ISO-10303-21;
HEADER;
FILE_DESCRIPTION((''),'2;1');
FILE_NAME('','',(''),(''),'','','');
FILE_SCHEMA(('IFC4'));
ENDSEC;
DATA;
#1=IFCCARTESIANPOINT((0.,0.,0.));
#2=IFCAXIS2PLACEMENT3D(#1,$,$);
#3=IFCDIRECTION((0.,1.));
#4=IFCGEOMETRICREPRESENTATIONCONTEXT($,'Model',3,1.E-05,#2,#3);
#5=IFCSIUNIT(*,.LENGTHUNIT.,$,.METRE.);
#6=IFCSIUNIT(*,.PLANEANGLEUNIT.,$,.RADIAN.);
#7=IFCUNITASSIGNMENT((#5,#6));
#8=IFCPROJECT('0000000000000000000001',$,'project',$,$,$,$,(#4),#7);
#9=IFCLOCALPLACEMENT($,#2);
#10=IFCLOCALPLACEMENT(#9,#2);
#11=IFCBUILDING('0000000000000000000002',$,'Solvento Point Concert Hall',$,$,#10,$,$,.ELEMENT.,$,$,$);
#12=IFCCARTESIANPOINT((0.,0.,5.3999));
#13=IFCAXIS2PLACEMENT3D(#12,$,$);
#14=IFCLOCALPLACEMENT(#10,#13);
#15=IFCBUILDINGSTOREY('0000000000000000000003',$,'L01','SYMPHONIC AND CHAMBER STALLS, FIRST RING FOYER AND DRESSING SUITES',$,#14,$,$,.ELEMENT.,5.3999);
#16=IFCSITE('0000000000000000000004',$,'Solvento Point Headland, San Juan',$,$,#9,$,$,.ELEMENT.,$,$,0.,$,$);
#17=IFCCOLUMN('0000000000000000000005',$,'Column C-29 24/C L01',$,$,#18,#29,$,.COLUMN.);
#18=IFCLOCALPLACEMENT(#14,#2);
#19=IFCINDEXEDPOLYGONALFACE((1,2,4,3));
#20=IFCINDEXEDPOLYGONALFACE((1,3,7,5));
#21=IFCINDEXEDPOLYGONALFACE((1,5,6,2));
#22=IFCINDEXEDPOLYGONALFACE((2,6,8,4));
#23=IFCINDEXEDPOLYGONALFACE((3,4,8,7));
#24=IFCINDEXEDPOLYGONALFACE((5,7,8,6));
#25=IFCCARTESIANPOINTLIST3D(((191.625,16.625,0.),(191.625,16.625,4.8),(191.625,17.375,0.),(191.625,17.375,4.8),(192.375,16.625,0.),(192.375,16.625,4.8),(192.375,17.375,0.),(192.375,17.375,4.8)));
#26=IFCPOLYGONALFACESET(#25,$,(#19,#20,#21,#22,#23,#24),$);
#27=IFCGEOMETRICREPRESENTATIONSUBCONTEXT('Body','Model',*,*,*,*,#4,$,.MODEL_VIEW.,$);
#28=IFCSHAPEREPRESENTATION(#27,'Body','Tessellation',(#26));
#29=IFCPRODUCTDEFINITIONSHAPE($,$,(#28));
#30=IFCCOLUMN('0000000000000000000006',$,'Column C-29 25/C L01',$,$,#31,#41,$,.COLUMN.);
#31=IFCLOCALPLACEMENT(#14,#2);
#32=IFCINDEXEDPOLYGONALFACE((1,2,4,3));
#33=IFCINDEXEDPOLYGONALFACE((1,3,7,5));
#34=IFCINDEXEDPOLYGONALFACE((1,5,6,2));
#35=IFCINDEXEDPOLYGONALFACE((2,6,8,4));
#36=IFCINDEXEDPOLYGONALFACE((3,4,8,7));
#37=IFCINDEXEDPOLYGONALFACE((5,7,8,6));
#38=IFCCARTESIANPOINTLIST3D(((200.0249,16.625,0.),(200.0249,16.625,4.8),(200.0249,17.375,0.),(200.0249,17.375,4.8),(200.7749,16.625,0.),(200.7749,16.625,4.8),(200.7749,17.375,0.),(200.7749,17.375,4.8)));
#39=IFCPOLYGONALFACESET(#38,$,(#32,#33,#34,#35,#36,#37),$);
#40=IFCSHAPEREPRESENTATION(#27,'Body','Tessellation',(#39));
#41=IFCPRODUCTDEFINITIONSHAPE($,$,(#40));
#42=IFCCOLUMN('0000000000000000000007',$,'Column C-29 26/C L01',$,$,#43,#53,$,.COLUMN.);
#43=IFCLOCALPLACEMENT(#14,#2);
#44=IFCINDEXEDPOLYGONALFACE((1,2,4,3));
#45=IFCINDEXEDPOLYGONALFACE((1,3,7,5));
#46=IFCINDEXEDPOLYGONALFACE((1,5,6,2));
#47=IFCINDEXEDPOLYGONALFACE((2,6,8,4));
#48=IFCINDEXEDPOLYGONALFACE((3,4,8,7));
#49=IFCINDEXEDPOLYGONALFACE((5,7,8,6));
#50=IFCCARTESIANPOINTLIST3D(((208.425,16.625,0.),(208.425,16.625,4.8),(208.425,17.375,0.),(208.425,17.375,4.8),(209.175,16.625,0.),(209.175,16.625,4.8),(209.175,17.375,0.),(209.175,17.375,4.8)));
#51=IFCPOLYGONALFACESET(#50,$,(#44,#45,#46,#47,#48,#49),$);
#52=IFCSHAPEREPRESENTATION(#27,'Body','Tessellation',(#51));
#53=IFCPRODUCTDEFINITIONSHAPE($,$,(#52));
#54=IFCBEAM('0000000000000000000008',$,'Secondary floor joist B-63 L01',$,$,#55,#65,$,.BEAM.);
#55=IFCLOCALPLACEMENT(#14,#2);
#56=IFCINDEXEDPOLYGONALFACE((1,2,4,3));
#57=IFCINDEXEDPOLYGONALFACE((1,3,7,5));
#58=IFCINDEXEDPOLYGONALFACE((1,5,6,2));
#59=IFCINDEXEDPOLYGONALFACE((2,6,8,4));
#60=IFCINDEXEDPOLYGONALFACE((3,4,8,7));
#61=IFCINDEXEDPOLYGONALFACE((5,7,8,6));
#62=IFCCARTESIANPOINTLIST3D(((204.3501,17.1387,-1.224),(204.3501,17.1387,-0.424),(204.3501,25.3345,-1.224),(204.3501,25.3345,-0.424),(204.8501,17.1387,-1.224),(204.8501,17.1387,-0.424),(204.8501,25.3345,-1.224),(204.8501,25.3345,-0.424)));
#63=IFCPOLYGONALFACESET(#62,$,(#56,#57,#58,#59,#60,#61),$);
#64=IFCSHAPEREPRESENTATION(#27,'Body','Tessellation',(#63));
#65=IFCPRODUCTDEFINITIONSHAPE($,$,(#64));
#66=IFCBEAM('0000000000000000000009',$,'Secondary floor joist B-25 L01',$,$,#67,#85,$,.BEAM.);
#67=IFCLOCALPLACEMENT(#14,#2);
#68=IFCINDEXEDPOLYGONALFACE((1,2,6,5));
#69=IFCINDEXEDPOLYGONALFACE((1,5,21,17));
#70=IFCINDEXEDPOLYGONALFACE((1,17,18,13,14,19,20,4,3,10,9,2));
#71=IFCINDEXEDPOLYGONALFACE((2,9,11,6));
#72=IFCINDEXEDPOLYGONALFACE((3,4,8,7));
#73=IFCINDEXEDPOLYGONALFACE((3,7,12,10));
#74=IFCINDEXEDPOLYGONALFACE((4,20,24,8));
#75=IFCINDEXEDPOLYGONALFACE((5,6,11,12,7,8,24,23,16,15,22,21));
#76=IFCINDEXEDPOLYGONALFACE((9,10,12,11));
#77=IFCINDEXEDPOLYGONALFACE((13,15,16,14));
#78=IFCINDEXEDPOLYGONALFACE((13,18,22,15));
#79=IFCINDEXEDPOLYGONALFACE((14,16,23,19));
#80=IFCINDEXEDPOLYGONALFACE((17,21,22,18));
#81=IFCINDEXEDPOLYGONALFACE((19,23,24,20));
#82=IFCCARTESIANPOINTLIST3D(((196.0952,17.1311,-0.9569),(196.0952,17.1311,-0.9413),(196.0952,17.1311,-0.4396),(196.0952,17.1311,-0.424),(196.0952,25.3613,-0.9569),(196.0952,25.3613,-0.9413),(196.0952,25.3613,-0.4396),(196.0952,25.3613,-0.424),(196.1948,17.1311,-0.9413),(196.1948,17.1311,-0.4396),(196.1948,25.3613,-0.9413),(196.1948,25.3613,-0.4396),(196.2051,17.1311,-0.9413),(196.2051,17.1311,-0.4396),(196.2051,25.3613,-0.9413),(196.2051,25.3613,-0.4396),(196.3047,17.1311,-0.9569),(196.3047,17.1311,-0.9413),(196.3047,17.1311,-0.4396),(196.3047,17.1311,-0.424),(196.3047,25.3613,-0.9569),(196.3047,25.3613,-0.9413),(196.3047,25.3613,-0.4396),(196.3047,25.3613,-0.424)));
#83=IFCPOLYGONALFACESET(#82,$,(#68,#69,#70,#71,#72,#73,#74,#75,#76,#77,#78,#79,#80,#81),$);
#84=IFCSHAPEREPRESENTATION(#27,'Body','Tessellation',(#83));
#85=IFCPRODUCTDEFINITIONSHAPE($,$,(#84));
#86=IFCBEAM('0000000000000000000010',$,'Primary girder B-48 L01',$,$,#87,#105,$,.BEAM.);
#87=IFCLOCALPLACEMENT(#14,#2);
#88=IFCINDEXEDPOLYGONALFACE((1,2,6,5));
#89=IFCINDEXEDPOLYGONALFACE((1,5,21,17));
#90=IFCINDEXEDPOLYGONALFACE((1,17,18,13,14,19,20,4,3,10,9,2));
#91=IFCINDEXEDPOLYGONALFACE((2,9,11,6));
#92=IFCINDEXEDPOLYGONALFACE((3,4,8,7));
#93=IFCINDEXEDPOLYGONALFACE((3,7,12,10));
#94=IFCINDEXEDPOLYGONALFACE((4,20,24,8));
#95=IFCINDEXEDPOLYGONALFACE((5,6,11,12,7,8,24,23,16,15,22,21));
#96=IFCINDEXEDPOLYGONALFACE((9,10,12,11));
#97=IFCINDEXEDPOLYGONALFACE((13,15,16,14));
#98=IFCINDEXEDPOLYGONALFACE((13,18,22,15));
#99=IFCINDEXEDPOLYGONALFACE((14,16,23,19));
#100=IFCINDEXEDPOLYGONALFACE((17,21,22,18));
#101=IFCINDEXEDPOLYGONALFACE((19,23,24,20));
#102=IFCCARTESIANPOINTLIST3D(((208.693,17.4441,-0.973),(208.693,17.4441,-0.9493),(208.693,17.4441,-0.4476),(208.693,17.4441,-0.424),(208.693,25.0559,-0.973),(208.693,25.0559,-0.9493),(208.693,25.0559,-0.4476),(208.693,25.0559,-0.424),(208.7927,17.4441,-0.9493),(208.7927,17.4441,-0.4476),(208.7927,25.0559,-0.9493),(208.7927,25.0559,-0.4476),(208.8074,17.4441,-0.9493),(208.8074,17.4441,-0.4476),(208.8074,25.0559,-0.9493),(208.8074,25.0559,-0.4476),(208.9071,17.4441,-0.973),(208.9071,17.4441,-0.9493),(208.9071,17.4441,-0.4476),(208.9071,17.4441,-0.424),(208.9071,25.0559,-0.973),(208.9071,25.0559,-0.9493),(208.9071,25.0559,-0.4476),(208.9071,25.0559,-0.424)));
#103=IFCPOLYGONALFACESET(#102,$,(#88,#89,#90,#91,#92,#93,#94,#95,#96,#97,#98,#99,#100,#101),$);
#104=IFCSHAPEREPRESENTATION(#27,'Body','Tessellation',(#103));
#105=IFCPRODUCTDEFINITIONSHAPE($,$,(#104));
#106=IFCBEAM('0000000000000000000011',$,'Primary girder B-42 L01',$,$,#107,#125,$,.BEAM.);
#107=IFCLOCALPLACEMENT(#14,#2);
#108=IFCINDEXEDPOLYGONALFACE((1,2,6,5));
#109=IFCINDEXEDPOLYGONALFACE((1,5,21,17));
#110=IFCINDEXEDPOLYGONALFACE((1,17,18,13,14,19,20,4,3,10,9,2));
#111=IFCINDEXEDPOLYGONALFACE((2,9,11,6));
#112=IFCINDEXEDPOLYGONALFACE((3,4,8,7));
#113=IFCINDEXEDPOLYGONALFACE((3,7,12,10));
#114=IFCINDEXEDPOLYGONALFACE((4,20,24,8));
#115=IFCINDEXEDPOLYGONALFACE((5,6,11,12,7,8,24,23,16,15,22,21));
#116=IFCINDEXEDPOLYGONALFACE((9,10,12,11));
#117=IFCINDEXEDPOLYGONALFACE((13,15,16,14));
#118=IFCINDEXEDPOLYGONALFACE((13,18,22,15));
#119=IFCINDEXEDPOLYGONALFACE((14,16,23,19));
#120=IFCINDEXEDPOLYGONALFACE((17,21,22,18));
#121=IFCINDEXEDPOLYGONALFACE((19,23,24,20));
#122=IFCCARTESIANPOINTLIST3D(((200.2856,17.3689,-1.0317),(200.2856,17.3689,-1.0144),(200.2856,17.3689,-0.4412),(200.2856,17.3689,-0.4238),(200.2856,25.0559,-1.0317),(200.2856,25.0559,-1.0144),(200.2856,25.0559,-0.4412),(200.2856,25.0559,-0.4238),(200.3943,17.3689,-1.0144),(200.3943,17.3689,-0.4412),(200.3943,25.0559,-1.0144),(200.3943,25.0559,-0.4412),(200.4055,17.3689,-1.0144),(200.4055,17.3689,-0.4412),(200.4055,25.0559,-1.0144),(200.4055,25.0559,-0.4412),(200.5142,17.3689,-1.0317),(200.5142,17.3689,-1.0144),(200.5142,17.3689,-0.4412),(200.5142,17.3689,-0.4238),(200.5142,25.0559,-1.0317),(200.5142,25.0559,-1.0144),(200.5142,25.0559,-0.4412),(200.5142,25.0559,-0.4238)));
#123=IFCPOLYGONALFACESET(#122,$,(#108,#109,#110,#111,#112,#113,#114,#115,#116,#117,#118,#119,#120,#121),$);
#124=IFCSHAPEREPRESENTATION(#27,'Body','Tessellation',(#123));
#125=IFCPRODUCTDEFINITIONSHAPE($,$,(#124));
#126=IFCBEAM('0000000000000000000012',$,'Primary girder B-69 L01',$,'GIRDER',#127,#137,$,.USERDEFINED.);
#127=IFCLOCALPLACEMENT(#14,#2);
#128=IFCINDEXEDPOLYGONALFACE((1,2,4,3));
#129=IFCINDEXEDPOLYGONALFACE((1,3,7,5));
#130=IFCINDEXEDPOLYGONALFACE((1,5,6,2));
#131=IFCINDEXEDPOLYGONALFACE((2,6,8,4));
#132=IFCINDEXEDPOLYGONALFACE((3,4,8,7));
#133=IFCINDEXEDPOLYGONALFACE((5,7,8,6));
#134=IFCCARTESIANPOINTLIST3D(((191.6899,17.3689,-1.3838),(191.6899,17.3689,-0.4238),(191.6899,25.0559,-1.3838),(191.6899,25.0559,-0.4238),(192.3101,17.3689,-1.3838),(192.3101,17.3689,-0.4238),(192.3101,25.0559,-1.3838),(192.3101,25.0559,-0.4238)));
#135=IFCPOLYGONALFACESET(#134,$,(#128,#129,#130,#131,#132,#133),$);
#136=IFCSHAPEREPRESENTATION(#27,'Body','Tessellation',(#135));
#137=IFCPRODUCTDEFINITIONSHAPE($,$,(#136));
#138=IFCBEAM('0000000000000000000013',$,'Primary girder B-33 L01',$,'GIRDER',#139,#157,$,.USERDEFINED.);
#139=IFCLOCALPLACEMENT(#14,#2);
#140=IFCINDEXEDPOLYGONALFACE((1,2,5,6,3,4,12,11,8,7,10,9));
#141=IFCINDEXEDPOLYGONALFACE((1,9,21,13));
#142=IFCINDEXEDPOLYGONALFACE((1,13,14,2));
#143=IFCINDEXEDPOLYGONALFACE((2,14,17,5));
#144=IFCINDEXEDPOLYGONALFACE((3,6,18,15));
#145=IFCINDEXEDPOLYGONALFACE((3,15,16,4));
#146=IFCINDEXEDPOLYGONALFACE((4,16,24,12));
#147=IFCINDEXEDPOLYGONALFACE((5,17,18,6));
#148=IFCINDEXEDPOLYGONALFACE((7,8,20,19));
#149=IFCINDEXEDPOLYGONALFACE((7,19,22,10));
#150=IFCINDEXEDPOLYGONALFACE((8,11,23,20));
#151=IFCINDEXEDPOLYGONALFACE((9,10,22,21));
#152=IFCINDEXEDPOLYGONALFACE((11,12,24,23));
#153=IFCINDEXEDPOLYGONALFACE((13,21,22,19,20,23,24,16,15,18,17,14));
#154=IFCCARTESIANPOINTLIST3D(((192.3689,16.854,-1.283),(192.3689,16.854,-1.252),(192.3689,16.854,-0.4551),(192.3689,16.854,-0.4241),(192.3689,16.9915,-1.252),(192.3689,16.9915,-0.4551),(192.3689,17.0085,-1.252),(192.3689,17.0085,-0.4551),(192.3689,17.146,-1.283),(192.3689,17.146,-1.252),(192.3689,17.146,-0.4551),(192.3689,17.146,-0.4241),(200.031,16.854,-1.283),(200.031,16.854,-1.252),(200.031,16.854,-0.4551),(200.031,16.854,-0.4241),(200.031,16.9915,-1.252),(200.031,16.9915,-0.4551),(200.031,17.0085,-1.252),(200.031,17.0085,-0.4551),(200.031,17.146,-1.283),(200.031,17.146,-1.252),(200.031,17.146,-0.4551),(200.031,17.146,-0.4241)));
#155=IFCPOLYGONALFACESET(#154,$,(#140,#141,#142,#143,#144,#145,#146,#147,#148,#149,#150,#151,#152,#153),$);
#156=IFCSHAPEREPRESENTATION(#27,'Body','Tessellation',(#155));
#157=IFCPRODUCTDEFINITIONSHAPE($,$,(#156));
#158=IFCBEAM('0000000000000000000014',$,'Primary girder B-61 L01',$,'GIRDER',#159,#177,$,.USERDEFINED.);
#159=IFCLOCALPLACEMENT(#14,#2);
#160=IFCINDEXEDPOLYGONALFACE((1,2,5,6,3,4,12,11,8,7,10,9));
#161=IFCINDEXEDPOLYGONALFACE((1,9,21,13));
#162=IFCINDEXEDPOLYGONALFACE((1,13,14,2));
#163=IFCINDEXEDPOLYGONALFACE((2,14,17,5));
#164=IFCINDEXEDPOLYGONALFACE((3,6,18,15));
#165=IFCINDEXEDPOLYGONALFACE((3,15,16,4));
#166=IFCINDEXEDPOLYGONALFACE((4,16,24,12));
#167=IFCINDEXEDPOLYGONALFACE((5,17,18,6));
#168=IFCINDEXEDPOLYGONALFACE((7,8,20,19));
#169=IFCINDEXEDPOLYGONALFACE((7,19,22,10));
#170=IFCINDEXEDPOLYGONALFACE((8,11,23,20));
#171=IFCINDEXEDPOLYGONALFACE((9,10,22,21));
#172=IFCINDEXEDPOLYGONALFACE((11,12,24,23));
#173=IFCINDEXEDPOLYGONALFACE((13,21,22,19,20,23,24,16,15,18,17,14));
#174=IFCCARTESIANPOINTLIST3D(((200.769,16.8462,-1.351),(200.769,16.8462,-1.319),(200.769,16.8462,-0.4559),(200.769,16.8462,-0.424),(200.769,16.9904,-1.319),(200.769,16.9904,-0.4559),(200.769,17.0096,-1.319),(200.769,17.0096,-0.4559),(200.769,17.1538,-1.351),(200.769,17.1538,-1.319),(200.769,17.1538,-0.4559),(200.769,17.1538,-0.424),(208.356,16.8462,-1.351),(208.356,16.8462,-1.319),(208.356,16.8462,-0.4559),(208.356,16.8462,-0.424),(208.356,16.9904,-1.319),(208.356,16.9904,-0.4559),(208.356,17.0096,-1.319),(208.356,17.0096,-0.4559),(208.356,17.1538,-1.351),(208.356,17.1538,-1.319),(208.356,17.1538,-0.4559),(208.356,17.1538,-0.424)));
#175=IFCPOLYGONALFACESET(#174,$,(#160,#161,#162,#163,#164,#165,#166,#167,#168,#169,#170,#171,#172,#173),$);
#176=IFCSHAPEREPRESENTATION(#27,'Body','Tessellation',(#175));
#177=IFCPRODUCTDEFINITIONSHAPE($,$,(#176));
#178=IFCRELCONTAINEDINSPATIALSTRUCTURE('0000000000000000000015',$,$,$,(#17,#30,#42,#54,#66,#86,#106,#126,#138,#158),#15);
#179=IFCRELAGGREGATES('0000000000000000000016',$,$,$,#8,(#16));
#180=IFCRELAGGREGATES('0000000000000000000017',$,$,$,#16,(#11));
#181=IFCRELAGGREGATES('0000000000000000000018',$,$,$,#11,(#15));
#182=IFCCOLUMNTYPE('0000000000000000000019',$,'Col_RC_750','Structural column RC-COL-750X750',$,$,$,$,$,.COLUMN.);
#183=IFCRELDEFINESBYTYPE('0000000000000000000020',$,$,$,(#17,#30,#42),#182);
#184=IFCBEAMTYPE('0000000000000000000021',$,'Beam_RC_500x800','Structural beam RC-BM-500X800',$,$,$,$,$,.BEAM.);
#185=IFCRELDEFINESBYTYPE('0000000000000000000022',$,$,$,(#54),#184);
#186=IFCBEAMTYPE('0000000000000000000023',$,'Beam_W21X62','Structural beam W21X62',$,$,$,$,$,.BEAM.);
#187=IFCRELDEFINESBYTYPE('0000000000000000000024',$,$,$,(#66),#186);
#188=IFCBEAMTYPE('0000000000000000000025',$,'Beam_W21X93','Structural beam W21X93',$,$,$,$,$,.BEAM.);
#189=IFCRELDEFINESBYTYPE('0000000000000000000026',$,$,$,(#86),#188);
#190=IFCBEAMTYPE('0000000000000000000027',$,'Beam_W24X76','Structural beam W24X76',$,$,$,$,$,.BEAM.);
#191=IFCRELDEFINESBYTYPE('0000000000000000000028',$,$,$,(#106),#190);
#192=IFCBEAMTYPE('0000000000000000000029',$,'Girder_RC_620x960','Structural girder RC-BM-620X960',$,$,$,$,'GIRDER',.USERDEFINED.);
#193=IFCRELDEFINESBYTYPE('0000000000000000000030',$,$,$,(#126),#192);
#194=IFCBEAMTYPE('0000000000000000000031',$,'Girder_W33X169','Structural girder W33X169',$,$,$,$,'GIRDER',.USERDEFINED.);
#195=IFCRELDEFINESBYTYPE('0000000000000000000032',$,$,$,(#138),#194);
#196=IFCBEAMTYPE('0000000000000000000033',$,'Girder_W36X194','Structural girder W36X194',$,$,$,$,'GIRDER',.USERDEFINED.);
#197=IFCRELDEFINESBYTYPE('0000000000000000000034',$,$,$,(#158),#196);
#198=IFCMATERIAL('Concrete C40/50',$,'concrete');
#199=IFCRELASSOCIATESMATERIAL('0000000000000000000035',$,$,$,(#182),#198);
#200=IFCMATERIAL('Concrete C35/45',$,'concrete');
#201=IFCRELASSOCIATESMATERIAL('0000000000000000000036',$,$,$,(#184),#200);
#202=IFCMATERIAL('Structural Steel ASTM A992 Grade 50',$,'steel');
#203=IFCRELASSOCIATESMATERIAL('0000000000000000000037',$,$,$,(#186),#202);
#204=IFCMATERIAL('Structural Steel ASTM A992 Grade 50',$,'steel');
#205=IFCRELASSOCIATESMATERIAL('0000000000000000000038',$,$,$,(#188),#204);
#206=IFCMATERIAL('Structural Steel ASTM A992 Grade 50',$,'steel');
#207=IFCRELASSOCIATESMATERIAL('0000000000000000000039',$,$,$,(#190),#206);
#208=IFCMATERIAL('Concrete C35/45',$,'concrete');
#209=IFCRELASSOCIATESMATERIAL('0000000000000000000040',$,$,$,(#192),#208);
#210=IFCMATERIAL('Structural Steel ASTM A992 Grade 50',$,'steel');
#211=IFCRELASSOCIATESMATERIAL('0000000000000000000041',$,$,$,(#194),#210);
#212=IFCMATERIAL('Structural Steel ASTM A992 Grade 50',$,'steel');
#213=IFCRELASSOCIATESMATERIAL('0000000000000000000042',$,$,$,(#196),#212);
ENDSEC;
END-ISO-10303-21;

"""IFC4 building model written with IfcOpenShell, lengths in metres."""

from ifc_helpers import new_model, si_unit, direction, frame, origin, origin_2d, place, context, subcontext, project, spatial, rectangle, i_section, extrude, material, material_profile, profile_set, type_object, element, save


model = new_model("IFC4")

# Units and contexts
model_context = context("Model", 3, precision=1e-05, world=origin(), true_north=direction((0.0, 1.0)))
body_context = subcontext(model_context, "Body", "Model", "MODEL_VIEW")
ifc_project = project(units=[si_unit("LENGTHUNIT", "METRE"), si_unit("PLANEANGLEUNIT", "RADIAN")], contexts=[model_context])

# Site, building, storey
site_placement = place(None, origin())
site = spatial("IfcSite", under=ifc_project, at=site_placement, Name="Solvento Point Headland, San Juan", CompositionType="ELEMENT", RefElevation=0.0)
building_placement = place(site_placement, origin())
building = spatial("IfcBuilding", under=site, at=building_placement, Name="Solvento Point Concert Hall", CompositionType="ELEMENT")
storey_placement = place(building_placement, frame((0.0, 0.0, 5.3999)))
storey = spatial("IfcBuildingStorey", under=building, at=storey_placement, Name="L01", Description="SYMPHONIC AND CHAMBER STALLS, FIRST RING FOYER AND DRESSING SUITES", CompositionType="ELEMENT", Elevation=5.3999)

# Columns
ifc_material_1 = material(Name="Concrete C40/50", Category="concrete")
ifc_material_profile_1 = material_profile(ifc_material_1, rectangle(XDim=0.75, YDim=0.75, at=origin_2d()), Name="RC-COL-750X750")
ifc_profile_set_1 = profile_set([ifc_material_profile_1], Name="Concrete C40/50")
column_type = type_object("IfcColumnType", Name="Col_RC_750", Description="Structural column RC-COL-750X750", PredefinedType="COLUMN", material=ifc_profile_set_1)
for number, where, z_axis, x_axis, name in (
    (1, (192.0, 17.0, 0.0), (0.0, 0.0, 1.0), (1.0, 0.0, 0.0), "Column C-29 24/C L01"),
    (2, (200.3999, 17.0, 0.0), (0.0, 0.0, 1.0), (1.0, 0.0, 0.0), "Column C-29 25/C L01"),
    (3, (208.8, 17.0, 0.0), (0.0, 0.0, 1.0), (1.0, 0.0, 0.0), "Column C-29 26/C L01"),
):
    element("IfcColumn", number, at=place(storey_placement, frame(where, z_axis=z_axis, x_axis=x_axis)), inside=storey, type_object=column_type, Name=name, PredefinedType="COLUMN", context=body_context, shape_type="SweptSolid", body=[
        extrude(rectangle(XDim=0.75, YDim=0.75, at=origin_2d()), origin(), (0.0, 0.0, 1.0), 4.8),
    ])

# Beams
ifc_material_2 = material(Name="Concrete C35/45", Category="concrete")
ifc_material_profile_2 = material_profile(ifc_material_2, rectangle(XDim=0.5, YDim=0.8, at=origin_2d()), Name="RC-BM-500X800")
ifc_profile_set_2 = profile_set([ifc_material_profile_2], Name="Concrete C35/45")
beam_type_1 = type_object("IfcBeamType", Name="Beam_RC_500x800", Description="Structural beam RC-BM-500X800", PredefinedType="BEAM", material=ifc_profile_set_2)
beam_1_placement = place(storey_placement, frame((204.6001, 17.1387, -0.824), z_axis=(0.0, 1.0, 0.0), x_axis=(-1.0, 0.0, 0.0)))
element("IfcBeam", 4, at=beam_1_placement, inside=storey, type_object=beam_type_1, Name="Secondary floor joist B-63 L01", PredefinedType="BEAM", context=body_context, shape_type="SweptSolid", body=[
    extrude(rectangle(XDim=0.5, YDim=0.8, at=origin_2d()), origin(), (0.0, 0.0, 1.0), 8.1958),
])
ifc_material_3 = material(Name="Structural Steel ASTM A992 Grade 50", Category="steel")
ifc_material_profile_3 = material_profile(ifc_material_3, i_section(OverallWidth=0.2095, OverallDepth=0.533, WebThickness=0.0103, FlangeThickness=0.0156, at=origin_2d()), Name="W21X62")
ifc_profile_set_3 = profile_set([ifc_material_profile_3], Name="Structural Steel ASTM A992 Grade 50")
beam_type_2 = type_object("IfcBeamType", Name="Beam_W21X62", Description="Structural beam W21X62", PredefinedType="BEAM", material=ifc_profile_set_3)
beam_2_placement = place(storey_placement, frame((196.2, 17.1311, -0.6904), z_axis=(0.0, 1.0, 0.0), x_axis=(-1.0, 0.0, 0.0)))
element("IfcBeam", 5, at=beam_2_placement, inside=storey, type_object=beam_type_2, Name="Secondary floor joist B-25 L01", PredefinedType="BEAM", context=body_context, shape_type="SweptSolid", body=[
    extrude(i_section(OverallWidth=0.2095, OverallDepth=0.533, WebThickness=0.0103, FlangeThickness=0.0156, at=origin_2d()), origin(), (0.0, 0.0, 1.0), 8.2302),
])
ifc_material_4 = material(Name="Structural Steel ASTM A992 Grade 50", Category="steel")
ifc_material_profile_4 = material_profile(ifc_material_4, i_section(OverallWidth=0.2141, OverallDepth=0.5491, WebThickness=0.0146, FlangeThickness=0.0237, at=origin_2d()), Name="W21X93")
ifc_profile_set_4 = profile_set([ifc_material_profile_4], Name="Structural Steel ASTM A992 Grade 50")
beam_type_3 = type_object("IfcBeamType", Name="Beam_W21X93", Description="Structural beam W21X93", PredefinedType="BEAM", material=ifc_profile_set_4)
beam_3_placement = place(storey_placement, frame((208.8, 17.4441, -0.6985), z_axis=(0.0, 1.0, 0.0), x_axis=(-1.0, 0.0, 0.0)))
element("IfcBeam", 6, at=beam_3_placement, inside=storey, type_object=beam_type_3, Name="Primary girder B-48 L01", PredefinedType="BEAM", context=body_context, shape_type="SweptSolid", body=[
    extrude(i_section(OverallWidth=0.2141, OverallDepth=0.5491, WebThickness=0.0146, FlangeThickness=0.0237, at=origin_2d()), origin(), (0.0, 0.0, 1.0), 7.6118),
])
ifc_material_5 = material(Name="Structural Steel ASTM A992 Grade 50", Category="steel")
ifc_material_profile_5 = material_profile(ifc_material_5, i_section(OverallWidth=0.2285, OverallDepth=0.6079, WebThickness=0.0112, FlangeThickness=0.0173, at=origin_2d()), Name="W24X76")
ifc_profile_set_5 = profile_set([ifc_material_profile_5], Name="Structural Steel ASTM A992 Grade 50")
beam_type_4 = type_object("IfcBeamType", Name="Beam_W24X76", Description="Structural beam W24X76", PredefinedType="BEAM", material=ifc_profile_set_5)
beam_4_placement = place(storey_placement, frame((200.3999, 17.3689, -0.7278), z_axis=(0.0, 1.0, 0.0), x_axis=(-1.0, 0.0, 0.0)))
element("IfcBeam", 7, at=beam_4_placement, inside=storey, type_object=beam_type_4, Name="Primary girder B-42 L01", PredefinedType="BEAM", context=body_context, shape_type="SweptSolid", body=[
    extrude(i_section(OverallWidth=0.2285, OverallDepth=0.6079, WebThickness=0.0112, FlangeThickness=0.0173, at=origin_2d()), origin(), (0.0, 0.0, 1.0), 7.687),
])
ifc_material_6 = material(Name="Concrete C35/45", Category="concrete")
ifc_material_profile_6 = material_profile(ifc_material_6, rectangle(XDim=0.6201, YDim=0.96, at=origin_2d()), Name="RC-BM-620X960")
ifc_profile_set_6 = profile_set([ifc_material_profile_6], Name="Concrete C35/45")
beam_type_5 = type_object("IfcBeamType", Name="Girder_RC_620x960", Description="Structural girder RC-BM-620X960", ElementType="GIRDER", PredefinedType="USERDEFINED", material=ifc_profile_set_6)
beam_5_placement = place(storey_placement, frame((192.0, 17.3689, -0.9038), z_axis=(0.0, 1.0, 0.0), x_axis=(-1.0, 0.0, 0.0)))
element("IfcBeam", 8, at=beam_5_placement, inside=storey, type_object=beam_type_5, Name="Primary girder B-69 L01", ObjectType="GIRDER", PredefinedType="USERDEFINED", context=body_context, shape_type="SweptSolid", body=[
    extrude(rectangle(XDim=0.6201, YDim=0.96, at=origin_2d()), origin(), (0.0, 0.0, 1.0), 7.687),
])
ifc_material_7 = material(Name="Structural Steel ASTM A992 Grade 50", Category="steel")
ifc_material_profile_7 = material_profile(ifc_material_7, i_section(OverallWidth=0.292, OverallDepth=0.8589, WebThickness=0.0171, FlangeThickness=0.031, at=origin_2d()), Name="W33X169")
ifc_profile_set_7 = profile_set([ifc_material_profile_7], Name="Structural Steel ASTM A992 Grade 50")
beam_type_6 = type_object("IfcBeamType", Name="Girder_W33X169", Description="Structural girder W33X169", ElementType="GIRDER", PredefinedType="USERDEFINED", material=ifc_profile_set_7)
beam_6_placement = place(storey_placement, frame((192.3689, 17.0, -0.8535), z_axis=(1.0, 0.0, 0.0), x_axis=(0.0, 1.0, 0.0)))
element("IfcBeam", 9, at=beam_6_placement, inside=storey, type_object=beam_type_6, Name="Primary girder B-33 L01", ObjectType="GIRDER", PredefinedType="USERDEFINED", context=body_context, shape_type="SweptSolid", body=[
    extrude(i_section(OverallWidth=0.292, OverallDepth=0.8589, WebThickness=0.0171, FlangeThickness=0.031, at=origin_2d()), origin(), (0.0, 0.0, 1.0), 7.6621),
])
ifc_material_8 = material(Name="Structural Steel ASTM A992 Grade 50", Category="steel")
ifc_material_profile_8 = material_profile(ifc_material_8, i_section(OverallWidth=0.3076, OverallDepth=0.927, WebThickness=0.0193, FlangeThickness=0.032, at=origin_2d()), Name="W36X194")
ifc_profile_set_8 = profile_set([ifc_material_profile_8], Name="Structural Steel ASTM A992 Grade 50")
beam_type_7 = type_object("IfcBeamType", Name="Girder_W36X194", Description="Structural girder W36X194", ElementType="GIRDER", PredefinedType="USERDEFINED", material=ifc_profile_set_8)
beam_7_placement = place(storey_placement, frame((200.769, 17.0, -0.8875), z_axis=(1.0, 0.0, 0.0), x_axis=(0.0, 1.0, 0.0)))
element("IfcBeam", 10, at=beam_7_placement, inside=storey, type_object=beam_type_7, Name="Primary girder B-61 L01", ObjectType="GIRDER", PredefinedType="USERDEFINED", context=body_context, shape_type="SweptSolid", body=[
    extrude(i_section(OverallWidth=0.3076, OverallDepth=0.927, WebThickness=0.0193, FlangeThickness=0.032, at=origin_2d()), origin(), (0.0, 0.0, 1.0), 7.5869),
])

save(model, "model.ifc")
